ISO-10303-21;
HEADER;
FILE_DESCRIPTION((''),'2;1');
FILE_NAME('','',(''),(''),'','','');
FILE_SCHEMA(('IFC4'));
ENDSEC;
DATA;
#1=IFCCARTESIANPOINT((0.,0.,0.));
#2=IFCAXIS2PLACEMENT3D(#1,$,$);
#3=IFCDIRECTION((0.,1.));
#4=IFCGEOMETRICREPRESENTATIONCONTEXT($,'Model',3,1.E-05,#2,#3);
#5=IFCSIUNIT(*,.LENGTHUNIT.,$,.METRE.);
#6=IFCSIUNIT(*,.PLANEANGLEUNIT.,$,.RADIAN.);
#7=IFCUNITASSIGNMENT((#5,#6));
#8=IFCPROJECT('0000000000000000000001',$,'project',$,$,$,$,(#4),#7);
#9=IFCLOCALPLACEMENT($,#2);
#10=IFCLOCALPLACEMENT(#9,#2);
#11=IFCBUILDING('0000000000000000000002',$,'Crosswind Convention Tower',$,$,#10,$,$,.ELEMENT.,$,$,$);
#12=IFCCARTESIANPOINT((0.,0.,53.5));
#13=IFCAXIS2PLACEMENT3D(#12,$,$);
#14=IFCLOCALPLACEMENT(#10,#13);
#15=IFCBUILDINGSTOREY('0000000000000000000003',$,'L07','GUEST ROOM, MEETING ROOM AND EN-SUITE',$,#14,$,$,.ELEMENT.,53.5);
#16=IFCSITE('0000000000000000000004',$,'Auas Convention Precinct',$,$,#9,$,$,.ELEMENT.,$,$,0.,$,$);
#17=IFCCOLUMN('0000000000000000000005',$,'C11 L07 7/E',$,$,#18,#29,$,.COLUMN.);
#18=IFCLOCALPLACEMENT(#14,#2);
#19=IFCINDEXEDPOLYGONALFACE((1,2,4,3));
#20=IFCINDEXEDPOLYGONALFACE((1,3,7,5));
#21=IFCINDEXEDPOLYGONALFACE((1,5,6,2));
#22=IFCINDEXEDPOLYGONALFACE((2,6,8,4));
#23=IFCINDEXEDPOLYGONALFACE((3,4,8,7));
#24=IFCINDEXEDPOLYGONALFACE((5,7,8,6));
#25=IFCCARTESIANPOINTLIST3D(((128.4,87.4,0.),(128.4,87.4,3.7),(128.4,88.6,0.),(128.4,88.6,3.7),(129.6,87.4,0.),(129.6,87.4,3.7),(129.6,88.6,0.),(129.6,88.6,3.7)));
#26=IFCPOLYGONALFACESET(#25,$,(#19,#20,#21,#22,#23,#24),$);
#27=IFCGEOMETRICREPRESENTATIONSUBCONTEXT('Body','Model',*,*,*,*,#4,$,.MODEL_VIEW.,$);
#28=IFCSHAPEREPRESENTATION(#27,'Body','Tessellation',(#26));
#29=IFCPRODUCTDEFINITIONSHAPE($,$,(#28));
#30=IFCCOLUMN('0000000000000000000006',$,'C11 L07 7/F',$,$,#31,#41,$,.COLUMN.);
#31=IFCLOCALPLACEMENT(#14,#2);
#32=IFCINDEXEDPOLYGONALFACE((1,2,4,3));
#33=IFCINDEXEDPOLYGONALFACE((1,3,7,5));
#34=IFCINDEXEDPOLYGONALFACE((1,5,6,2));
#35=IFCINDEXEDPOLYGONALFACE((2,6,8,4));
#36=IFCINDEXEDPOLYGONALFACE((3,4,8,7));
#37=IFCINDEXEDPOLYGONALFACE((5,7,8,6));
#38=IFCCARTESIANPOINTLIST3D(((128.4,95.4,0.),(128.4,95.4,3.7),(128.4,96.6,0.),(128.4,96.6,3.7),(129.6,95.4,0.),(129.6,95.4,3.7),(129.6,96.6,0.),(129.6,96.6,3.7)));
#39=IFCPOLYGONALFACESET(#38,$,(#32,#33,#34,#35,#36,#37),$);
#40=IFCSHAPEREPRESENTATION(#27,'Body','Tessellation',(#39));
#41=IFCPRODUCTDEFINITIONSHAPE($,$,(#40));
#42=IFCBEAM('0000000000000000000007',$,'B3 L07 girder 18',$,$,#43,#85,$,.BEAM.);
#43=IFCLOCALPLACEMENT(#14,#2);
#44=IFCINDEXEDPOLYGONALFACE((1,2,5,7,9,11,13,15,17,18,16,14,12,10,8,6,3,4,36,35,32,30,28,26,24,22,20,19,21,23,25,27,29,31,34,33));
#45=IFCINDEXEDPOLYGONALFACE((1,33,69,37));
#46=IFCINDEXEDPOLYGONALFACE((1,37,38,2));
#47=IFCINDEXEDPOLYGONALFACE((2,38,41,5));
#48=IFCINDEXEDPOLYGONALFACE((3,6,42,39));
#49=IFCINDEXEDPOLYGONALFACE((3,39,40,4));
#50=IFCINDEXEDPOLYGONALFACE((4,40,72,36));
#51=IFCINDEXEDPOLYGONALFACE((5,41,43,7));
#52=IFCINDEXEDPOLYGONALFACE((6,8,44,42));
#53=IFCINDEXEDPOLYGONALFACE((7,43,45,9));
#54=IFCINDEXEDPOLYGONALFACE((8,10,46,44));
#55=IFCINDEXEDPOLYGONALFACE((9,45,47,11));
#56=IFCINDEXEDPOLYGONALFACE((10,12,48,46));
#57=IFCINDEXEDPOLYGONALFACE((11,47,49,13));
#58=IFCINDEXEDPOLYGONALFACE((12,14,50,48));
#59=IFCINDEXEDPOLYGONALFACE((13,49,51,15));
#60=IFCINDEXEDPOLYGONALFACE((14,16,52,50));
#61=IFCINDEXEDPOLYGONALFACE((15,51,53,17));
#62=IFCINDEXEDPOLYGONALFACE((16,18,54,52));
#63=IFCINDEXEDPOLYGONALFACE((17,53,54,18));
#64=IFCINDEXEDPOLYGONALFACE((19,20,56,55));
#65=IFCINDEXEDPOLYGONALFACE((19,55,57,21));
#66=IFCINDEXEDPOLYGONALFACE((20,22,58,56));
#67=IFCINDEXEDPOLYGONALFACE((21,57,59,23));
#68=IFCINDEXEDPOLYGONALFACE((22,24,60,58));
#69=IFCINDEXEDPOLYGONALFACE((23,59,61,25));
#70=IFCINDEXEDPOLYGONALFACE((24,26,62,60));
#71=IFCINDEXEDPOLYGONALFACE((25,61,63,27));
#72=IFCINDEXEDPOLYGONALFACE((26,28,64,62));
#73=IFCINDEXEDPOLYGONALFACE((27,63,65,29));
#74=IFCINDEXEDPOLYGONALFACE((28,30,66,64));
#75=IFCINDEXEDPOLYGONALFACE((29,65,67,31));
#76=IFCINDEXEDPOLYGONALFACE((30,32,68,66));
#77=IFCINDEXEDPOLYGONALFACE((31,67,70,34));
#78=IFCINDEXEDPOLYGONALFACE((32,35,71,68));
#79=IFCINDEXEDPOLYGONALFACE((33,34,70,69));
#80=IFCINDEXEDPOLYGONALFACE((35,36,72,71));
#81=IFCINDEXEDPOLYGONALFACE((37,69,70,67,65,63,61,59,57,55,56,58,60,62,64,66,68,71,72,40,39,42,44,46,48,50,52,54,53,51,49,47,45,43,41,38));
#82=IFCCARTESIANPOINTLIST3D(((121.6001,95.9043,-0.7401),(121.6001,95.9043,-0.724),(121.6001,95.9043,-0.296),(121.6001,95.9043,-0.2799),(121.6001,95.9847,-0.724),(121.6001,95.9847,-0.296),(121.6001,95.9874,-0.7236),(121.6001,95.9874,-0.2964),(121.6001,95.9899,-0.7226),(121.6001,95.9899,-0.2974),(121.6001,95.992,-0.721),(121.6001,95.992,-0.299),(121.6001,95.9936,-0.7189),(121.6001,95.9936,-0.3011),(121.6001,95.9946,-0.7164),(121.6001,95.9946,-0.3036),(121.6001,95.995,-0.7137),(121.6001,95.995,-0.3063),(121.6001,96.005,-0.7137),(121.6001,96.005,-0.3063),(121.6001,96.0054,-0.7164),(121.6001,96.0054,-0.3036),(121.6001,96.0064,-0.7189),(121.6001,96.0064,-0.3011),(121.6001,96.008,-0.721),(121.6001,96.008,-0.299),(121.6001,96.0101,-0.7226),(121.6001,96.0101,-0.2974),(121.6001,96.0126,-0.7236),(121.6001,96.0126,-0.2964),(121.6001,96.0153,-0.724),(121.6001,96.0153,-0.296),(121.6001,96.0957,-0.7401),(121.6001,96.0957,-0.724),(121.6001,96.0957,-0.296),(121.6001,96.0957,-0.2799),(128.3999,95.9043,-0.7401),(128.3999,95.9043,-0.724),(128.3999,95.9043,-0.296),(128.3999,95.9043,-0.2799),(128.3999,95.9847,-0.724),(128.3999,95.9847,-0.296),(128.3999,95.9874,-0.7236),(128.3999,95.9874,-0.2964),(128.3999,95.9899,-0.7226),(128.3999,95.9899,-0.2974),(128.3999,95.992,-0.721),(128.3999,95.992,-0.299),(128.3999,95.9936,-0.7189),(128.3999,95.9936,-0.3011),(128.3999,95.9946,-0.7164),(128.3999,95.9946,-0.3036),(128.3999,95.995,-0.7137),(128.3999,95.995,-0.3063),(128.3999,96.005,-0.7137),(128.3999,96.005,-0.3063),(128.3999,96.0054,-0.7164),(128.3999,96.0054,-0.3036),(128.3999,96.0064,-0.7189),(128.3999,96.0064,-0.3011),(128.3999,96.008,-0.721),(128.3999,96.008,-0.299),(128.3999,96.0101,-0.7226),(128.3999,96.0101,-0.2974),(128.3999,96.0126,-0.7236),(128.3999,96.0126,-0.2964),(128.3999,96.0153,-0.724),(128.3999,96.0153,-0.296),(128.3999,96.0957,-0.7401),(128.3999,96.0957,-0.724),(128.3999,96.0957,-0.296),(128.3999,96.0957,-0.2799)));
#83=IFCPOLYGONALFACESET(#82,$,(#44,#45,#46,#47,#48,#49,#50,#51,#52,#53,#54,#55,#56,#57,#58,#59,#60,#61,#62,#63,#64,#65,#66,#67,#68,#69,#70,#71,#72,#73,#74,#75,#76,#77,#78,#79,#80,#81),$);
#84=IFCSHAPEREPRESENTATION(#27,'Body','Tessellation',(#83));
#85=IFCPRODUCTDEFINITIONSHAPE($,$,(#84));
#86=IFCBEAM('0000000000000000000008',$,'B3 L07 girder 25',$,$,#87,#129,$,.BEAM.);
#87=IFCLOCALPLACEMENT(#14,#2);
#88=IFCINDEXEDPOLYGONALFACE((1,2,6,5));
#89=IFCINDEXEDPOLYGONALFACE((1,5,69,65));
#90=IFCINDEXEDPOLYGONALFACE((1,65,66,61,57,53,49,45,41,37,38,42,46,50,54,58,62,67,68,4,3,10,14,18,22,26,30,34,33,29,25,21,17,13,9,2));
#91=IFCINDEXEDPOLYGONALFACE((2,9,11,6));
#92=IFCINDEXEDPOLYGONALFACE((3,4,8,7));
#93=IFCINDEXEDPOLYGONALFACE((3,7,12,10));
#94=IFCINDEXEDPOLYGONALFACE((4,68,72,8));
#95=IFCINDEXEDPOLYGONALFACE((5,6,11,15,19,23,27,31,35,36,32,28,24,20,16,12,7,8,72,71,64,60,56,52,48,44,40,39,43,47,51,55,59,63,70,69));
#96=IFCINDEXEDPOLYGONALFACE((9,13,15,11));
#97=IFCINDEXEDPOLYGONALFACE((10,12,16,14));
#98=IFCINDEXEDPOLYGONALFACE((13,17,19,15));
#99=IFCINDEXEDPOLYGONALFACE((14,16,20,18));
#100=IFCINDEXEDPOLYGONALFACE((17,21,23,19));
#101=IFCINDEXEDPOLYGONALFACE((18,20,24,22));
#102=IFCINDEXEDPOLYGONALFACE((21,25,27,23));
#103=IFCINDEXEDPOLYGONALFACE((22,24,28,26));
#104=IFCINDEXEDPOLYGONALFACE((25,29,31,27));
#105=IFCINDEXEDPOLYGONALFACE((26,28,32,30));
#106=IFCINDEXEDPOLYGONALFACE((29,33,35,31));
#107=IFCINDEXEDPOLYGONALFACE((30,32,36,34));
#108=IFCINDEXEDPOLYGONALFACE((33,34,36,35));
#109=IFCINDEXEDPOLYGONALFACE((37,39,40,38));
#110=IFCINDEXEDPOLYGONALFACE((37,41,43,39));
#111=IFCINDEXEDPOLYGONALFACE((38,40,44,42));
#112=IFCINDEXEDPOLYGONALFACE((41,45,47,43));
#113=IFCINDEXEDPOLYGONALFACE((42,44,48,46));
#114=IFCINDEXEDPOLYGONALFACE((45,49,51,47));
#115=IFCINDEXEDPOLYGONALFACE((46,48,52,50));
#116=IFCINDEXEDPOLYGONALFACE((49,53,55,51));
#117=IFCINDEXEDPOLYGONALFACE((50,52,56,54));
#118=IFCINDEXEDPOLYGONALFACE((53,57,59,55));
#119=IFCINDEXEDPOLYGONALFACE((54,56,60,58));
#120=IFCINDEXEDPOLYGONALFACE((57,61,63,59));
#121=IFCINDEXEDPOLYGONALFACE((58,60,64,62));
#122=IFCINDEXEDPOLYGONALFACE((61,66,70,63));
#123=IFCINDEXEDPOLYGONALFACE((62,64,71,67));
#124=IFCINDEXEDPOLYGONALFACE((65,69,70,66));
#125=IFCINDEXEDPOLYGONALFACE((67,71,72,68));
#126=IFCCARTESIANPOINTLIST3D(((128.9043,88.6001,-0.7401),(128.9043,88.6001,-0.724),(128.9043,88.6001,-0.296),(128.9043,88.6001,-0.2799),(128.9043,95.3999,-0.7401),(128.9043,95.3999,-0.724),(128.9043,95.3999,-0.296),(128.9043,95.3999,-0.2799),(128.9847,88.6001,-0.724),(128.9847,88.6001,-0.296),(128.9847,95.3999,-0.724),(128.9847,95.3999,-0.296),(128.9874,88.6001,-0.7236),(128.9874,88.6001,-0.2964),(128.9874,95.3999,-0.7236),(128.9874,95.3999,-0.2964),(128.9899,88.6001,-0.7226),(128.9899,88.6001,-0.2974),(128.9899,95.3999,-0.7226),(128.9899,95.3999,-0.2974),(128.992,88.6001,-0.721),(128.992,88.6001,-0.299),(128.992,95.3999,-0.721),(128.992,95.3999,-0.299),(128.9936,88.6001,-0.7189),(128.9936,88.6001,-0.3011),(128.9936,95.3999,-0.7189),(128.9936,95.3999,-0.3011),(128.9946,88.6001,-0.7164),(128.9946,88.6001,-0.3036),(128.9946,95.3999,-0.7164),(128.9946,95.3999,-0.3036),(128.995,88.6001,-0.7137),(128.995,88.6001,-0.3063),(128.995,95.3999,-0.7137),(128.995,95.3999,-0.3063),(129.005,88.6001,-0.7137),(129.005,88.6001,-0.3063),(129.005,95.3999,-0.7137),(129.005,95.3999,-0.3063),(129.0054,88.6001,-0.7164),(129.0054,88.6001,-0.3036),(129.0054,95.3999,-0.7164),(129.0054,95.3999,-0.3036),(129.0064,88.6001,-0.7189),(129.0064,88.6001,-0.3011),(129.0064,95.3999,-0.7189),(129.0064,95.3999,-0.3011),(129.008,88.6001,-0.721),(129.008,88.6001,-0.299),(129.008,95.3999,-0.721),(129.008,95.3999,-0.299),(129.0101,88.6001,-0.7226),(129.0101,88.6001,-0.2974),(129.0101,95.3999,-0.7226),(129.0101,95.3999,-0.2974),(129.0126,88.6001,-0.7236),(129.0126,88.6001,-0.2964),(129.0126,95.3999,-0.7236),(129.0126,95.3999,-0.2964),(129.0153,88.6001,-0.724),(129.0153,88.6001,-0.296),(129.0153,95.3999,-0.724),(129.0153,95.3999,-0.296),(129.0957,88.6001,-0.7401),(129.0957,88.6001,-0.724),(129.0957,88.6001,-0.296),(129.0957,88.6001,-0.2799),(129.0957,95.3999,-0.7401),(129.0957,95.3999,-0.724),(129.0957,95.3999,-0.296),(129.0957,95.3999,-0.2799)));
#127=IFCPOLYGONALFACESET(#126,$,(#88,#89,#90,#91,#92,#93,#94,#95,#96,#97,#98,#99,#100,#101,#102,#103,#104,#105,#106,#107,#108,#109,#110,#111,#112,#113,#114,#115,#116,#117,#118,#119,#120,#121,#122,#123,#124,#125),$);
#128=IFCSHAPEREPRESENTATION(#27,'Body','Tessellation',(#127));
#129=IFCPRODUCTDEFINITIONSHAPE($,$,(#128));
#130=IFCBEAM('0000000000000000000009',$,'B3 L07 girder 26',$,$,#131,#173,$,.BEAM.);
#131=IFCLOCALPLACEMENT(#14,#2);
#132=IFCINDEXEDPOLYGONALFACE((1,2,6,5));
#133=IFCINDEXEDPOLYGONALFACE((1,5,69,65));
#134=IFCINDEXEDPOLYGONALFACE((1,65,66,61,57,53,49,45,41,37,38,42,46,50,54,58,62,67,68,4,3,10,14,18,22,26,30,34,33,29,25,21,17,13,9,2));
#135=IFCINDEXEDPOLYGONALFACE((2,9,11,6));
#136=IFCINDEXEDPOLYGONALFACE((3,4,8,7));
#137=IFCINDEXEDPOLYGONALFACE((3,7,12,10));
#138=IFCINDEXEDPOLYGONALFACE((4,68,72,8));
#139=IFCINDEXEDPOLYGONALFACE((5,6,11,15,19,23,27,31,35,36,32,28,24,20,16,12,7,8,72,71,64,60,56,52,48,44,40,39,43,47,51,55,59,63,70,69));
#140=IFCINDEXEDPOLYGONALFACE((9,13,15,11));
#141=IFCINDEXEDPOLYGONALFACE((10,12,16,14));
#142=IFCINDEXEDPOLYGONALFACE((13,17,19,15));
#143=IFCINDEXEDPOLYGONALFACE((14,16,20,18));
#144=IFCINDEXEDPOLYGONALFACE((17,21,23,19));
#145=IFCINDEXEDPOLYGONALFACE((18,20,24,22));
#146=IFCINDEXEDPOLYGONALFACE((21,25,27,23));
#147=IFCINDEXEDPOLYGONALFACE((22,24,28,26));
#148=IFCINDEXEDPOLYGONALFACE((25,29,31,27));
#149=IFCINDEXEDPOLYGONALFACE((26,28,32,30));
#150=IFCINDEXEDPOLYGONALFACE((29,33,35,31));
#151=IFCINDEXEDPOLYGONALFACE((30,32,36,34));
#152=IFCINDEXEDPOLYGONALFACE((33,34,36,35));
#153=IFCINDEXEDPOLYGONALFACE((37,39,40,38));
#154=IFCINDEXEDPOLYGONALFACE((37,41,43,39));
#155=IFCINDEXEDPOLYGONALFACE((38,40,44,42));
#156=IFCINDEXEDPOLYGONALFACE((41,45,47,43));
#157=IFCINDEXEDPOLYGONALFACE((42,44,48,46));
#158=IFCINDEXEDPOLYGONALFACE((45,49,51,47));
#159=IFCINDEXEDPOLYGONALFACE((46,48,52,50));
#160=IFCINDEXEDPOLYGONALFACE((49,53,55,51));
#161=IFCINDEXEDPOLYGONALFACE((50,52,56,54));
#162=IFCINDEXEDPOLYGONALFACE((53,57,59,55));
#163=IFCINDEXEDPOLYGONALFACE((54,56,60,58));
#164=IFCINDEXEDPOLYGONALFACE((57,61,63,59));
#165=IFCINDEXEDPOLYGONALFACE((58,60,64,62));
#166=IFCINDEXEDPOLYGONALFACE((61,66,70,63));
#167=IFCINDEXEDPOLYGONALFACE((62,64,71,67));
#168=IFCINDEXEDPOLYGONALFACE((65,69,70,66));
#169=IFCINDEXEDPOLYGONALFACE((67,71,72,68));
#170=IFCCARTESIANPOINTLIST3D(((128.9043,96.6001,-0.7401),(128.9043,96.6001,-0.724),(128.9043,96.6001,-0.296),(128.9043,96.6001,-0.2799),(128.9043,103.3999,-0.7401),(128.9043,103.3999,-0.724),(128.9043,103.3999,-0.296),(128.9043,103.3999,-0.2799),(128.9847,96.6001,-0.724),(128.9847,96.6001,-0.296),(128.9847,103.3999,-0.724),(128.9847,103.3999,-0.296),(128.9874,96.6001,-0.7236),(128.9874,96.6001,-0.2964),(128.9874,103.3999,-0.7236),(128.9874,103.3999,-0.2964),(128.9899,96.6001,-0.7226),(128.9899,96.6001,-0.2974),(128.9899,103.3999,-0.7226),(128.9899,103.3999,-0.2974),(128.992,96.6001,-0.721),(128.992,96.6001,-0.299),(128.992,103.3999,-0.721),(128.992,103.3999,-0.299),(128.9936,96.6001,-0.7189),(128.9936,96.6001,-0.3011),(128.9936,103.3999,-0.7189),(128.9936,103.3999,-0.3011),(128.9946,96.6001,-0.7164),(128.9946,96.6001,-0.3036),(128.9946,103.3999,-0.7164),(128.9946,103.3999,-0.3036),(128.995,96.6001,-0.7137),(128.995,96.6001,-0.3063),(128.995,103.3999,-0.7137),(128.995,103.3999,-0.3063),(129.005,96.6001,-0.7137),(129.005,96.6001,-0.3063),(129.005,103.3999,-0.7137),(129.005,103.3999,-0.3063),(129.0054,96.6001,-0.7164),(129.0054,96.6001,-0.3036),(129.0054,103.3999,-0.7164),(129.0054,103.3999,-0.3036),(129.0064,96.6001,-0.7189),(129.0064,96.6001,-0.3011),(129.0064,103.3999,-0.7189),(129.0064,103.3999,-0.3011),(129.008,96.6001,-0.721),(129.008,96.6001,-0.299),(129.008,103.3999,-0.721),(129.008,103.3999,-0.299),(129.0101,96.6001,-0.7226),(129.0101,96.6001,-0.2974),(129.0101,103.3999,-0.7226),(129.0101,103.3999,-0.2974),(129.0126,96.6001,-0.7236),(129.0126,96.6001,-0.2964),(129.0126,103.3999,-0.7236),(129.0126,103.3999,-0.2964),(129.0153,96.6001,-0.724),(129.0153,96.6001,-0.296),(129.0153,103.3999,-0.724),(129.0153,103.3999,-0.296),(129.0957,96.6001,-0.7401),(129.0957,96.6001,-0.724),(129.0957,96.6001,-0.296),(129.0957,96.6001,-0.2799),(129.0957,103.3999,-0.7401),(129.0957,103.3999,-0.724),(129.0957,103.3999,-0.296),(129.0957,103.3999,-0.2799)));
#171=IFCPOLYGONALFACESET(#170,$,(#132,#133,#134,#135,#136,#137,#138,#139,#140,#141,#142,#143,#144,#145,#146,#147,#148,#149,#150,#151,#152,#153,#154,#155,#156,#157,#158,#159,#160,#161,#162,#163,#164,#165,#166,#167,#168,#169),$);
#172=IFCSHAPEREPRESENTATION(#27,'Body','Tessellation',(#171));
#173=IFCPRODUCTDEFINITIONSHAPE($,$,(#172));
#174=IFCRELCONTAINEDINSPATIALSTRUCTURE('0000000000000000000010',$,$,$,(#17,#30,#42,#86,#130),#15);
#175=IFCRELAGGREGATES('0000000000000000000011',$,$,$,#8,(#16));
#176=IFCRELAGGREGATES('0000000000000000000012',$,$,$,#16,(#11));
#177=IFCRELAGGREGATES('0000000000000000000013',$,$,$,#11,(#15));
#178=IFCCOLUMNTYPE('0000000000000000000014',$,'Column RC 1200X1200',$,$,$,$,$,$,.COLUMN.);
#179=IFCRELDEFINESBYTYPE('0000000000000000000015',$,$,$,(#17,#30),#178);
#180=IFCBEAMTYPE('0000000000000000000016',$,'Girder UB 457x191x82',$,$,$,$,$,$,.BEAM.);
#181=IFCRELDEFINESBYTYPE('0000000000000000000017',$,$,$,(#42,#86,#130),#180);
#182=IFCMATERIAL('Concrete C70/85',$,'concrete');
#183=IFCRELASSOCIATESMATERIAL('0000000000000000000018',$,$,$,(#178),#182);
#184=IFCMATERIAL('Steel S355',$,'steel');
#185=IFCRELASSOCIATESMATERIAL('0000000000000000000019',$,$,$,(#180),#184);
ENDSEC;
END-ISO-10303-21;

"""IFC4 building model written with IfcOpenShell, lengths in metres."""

from ifc_helpers import new_model, si_unit, direction, frame, origin, origin_2d, place, context, subcontext, project, spatial, rectangle, i_section, extrude, material, material_profile, profile_set, type_object, element, save


model = new_model("IFC4")

# Units and contexts
model_context = context("Model", 3, precision=1e-05, world=origin(), true_north=direction((0.0, 1.0)))
body_context = subcontext(model_context, "Body", "Model", "MODEL_VIEW")
ifc_project = project(units=[si_unit("LENGTHUNIT", "METRE"), si_unit("PLANEANGLEUNIT", "RADIAN")], contexts=[model_context])

# Site, building, storey
site_placement = place(None, origin())
site = spatial("IfcSite", under=ifc_project, at=site_placement, Name="Auas Convention Precinct", CompositionType="ELEMENT", RefElevation=0.0)
building_placement = place(site_placement, origin())
building = spatial("IfcBuilding", under=site, at=building_placement, Name="Crosswind Convention Tower", CompositionType="ELEMENT")
storey_placement = place(building_placement, frame((0.0, 0.0, 53.5)))
storey = spatial("IfcBuildingStorey", under=building, at=storey_placement, Name="L07", Description="GUEST ROOM, MEETING ROOM AND EN-SUITE", CompositionType="ELEMENT", Elevation=53.5)

# Columns
ifc_material_1 = material(Name="Concrete C70/85", Category="concrete")
ifc_material_profile_1 = material_profile(ifc_material_1, rectangle(XDim=1.2, YDim=1.2, at=origin_2d()), Name="RC 1200X1200")
ifc_profile_set_1 = profile_set([ifc_material_profile_1], Name="Concrete C70/85")
column_type = type_object("IfcColumnType", Name="Column RC 1200X1200", PredefinedType="COLUMN", material=ifc_profile_set_1)
for number, where, z_axis, x_axis, name in (
    (1, (129.0, 88.0, 0.0), (0.0, 0.0, 1.0), (1.0, 0.0, 0.0), "C11 L07 7/E"),
    (2, (129.0, 96.0, 0.0), (0.0, 0.0, 1.0), (1.0, 0.0, 0.0), "C11 L07 7/F"),
):
    element("IfcColumn", number, at=place(storey_placement, frame(where, z_axis=z_axis, x_axis=x_axis)), inside=storey, type_object=column_type, Name=name, PredefinedType="COLUMN", context=body_context, shape_type="SweptSolid", body=[
        extrude(rectangle(XDim=1.2, YDim=1.2, at=origin_2d()), origin(), (0.0, 0.0, 1.0), 3.7),
    ])

# Beams
ifc_material_2 = material(Name="Steel S355", Category="steel")
ifc_material_profile_2 = material_profile(ifc_material_2, i_section(OverallWidth=0.1914, OverallDepth=0.4602, WebThickness=0.01, FlangeThickness=0.0161, FilletRadius=0.0103, at=origin_2d()), Name="UB 457x191x82")
ifc_profile_set_2 = profile_set([ifc_material_profile_2], Name="Steel S355")
beam_type_1 = type_object("IfcBeamType", Name="Girder UB 457x191x82", PredefinedType="BEAM", material=ifc_profile_set_2)
for number, where, z_axis, x_axis, name in (
    (3, (121.6001, 96.0, -0.51), (1.0, 0.0, 0.0), (0.0, 1.0, 0.0), "B3 L07 girder 18"),
    (4, (129.0, 88.6001, -0.51), (0.0, 1.0, 0.0), (-1.0, 0.0, 0.0), "B3 L07 girder 25"),
    (5, (129.0, 96.6001, -0.51), (0.0, 1.0, 0.0), (-1.0, 0.0, 0.0), "B3 L07 girder 26"),
):
    element("IfcBeam", number, at=place(storey_placement, frame(where, z_axis=z_axis, x_axis=x_axis)), inside=storey, type_object=beam_type_1, Name=name, PredefinedType="BEAM", context=body_context, shape_type="SweptSolid", body=[
        extrude(i_section(OverallWidth=0.1914, OverallDepth=0.4602, WebThickness=0.01, FlangeThickness=0.0161, FilletRadius=0.0103, at=origin_2d()), origin(), (0.0, 0.0, 1.0), 6.7998),
    ])

save(model, "model.ifc")
